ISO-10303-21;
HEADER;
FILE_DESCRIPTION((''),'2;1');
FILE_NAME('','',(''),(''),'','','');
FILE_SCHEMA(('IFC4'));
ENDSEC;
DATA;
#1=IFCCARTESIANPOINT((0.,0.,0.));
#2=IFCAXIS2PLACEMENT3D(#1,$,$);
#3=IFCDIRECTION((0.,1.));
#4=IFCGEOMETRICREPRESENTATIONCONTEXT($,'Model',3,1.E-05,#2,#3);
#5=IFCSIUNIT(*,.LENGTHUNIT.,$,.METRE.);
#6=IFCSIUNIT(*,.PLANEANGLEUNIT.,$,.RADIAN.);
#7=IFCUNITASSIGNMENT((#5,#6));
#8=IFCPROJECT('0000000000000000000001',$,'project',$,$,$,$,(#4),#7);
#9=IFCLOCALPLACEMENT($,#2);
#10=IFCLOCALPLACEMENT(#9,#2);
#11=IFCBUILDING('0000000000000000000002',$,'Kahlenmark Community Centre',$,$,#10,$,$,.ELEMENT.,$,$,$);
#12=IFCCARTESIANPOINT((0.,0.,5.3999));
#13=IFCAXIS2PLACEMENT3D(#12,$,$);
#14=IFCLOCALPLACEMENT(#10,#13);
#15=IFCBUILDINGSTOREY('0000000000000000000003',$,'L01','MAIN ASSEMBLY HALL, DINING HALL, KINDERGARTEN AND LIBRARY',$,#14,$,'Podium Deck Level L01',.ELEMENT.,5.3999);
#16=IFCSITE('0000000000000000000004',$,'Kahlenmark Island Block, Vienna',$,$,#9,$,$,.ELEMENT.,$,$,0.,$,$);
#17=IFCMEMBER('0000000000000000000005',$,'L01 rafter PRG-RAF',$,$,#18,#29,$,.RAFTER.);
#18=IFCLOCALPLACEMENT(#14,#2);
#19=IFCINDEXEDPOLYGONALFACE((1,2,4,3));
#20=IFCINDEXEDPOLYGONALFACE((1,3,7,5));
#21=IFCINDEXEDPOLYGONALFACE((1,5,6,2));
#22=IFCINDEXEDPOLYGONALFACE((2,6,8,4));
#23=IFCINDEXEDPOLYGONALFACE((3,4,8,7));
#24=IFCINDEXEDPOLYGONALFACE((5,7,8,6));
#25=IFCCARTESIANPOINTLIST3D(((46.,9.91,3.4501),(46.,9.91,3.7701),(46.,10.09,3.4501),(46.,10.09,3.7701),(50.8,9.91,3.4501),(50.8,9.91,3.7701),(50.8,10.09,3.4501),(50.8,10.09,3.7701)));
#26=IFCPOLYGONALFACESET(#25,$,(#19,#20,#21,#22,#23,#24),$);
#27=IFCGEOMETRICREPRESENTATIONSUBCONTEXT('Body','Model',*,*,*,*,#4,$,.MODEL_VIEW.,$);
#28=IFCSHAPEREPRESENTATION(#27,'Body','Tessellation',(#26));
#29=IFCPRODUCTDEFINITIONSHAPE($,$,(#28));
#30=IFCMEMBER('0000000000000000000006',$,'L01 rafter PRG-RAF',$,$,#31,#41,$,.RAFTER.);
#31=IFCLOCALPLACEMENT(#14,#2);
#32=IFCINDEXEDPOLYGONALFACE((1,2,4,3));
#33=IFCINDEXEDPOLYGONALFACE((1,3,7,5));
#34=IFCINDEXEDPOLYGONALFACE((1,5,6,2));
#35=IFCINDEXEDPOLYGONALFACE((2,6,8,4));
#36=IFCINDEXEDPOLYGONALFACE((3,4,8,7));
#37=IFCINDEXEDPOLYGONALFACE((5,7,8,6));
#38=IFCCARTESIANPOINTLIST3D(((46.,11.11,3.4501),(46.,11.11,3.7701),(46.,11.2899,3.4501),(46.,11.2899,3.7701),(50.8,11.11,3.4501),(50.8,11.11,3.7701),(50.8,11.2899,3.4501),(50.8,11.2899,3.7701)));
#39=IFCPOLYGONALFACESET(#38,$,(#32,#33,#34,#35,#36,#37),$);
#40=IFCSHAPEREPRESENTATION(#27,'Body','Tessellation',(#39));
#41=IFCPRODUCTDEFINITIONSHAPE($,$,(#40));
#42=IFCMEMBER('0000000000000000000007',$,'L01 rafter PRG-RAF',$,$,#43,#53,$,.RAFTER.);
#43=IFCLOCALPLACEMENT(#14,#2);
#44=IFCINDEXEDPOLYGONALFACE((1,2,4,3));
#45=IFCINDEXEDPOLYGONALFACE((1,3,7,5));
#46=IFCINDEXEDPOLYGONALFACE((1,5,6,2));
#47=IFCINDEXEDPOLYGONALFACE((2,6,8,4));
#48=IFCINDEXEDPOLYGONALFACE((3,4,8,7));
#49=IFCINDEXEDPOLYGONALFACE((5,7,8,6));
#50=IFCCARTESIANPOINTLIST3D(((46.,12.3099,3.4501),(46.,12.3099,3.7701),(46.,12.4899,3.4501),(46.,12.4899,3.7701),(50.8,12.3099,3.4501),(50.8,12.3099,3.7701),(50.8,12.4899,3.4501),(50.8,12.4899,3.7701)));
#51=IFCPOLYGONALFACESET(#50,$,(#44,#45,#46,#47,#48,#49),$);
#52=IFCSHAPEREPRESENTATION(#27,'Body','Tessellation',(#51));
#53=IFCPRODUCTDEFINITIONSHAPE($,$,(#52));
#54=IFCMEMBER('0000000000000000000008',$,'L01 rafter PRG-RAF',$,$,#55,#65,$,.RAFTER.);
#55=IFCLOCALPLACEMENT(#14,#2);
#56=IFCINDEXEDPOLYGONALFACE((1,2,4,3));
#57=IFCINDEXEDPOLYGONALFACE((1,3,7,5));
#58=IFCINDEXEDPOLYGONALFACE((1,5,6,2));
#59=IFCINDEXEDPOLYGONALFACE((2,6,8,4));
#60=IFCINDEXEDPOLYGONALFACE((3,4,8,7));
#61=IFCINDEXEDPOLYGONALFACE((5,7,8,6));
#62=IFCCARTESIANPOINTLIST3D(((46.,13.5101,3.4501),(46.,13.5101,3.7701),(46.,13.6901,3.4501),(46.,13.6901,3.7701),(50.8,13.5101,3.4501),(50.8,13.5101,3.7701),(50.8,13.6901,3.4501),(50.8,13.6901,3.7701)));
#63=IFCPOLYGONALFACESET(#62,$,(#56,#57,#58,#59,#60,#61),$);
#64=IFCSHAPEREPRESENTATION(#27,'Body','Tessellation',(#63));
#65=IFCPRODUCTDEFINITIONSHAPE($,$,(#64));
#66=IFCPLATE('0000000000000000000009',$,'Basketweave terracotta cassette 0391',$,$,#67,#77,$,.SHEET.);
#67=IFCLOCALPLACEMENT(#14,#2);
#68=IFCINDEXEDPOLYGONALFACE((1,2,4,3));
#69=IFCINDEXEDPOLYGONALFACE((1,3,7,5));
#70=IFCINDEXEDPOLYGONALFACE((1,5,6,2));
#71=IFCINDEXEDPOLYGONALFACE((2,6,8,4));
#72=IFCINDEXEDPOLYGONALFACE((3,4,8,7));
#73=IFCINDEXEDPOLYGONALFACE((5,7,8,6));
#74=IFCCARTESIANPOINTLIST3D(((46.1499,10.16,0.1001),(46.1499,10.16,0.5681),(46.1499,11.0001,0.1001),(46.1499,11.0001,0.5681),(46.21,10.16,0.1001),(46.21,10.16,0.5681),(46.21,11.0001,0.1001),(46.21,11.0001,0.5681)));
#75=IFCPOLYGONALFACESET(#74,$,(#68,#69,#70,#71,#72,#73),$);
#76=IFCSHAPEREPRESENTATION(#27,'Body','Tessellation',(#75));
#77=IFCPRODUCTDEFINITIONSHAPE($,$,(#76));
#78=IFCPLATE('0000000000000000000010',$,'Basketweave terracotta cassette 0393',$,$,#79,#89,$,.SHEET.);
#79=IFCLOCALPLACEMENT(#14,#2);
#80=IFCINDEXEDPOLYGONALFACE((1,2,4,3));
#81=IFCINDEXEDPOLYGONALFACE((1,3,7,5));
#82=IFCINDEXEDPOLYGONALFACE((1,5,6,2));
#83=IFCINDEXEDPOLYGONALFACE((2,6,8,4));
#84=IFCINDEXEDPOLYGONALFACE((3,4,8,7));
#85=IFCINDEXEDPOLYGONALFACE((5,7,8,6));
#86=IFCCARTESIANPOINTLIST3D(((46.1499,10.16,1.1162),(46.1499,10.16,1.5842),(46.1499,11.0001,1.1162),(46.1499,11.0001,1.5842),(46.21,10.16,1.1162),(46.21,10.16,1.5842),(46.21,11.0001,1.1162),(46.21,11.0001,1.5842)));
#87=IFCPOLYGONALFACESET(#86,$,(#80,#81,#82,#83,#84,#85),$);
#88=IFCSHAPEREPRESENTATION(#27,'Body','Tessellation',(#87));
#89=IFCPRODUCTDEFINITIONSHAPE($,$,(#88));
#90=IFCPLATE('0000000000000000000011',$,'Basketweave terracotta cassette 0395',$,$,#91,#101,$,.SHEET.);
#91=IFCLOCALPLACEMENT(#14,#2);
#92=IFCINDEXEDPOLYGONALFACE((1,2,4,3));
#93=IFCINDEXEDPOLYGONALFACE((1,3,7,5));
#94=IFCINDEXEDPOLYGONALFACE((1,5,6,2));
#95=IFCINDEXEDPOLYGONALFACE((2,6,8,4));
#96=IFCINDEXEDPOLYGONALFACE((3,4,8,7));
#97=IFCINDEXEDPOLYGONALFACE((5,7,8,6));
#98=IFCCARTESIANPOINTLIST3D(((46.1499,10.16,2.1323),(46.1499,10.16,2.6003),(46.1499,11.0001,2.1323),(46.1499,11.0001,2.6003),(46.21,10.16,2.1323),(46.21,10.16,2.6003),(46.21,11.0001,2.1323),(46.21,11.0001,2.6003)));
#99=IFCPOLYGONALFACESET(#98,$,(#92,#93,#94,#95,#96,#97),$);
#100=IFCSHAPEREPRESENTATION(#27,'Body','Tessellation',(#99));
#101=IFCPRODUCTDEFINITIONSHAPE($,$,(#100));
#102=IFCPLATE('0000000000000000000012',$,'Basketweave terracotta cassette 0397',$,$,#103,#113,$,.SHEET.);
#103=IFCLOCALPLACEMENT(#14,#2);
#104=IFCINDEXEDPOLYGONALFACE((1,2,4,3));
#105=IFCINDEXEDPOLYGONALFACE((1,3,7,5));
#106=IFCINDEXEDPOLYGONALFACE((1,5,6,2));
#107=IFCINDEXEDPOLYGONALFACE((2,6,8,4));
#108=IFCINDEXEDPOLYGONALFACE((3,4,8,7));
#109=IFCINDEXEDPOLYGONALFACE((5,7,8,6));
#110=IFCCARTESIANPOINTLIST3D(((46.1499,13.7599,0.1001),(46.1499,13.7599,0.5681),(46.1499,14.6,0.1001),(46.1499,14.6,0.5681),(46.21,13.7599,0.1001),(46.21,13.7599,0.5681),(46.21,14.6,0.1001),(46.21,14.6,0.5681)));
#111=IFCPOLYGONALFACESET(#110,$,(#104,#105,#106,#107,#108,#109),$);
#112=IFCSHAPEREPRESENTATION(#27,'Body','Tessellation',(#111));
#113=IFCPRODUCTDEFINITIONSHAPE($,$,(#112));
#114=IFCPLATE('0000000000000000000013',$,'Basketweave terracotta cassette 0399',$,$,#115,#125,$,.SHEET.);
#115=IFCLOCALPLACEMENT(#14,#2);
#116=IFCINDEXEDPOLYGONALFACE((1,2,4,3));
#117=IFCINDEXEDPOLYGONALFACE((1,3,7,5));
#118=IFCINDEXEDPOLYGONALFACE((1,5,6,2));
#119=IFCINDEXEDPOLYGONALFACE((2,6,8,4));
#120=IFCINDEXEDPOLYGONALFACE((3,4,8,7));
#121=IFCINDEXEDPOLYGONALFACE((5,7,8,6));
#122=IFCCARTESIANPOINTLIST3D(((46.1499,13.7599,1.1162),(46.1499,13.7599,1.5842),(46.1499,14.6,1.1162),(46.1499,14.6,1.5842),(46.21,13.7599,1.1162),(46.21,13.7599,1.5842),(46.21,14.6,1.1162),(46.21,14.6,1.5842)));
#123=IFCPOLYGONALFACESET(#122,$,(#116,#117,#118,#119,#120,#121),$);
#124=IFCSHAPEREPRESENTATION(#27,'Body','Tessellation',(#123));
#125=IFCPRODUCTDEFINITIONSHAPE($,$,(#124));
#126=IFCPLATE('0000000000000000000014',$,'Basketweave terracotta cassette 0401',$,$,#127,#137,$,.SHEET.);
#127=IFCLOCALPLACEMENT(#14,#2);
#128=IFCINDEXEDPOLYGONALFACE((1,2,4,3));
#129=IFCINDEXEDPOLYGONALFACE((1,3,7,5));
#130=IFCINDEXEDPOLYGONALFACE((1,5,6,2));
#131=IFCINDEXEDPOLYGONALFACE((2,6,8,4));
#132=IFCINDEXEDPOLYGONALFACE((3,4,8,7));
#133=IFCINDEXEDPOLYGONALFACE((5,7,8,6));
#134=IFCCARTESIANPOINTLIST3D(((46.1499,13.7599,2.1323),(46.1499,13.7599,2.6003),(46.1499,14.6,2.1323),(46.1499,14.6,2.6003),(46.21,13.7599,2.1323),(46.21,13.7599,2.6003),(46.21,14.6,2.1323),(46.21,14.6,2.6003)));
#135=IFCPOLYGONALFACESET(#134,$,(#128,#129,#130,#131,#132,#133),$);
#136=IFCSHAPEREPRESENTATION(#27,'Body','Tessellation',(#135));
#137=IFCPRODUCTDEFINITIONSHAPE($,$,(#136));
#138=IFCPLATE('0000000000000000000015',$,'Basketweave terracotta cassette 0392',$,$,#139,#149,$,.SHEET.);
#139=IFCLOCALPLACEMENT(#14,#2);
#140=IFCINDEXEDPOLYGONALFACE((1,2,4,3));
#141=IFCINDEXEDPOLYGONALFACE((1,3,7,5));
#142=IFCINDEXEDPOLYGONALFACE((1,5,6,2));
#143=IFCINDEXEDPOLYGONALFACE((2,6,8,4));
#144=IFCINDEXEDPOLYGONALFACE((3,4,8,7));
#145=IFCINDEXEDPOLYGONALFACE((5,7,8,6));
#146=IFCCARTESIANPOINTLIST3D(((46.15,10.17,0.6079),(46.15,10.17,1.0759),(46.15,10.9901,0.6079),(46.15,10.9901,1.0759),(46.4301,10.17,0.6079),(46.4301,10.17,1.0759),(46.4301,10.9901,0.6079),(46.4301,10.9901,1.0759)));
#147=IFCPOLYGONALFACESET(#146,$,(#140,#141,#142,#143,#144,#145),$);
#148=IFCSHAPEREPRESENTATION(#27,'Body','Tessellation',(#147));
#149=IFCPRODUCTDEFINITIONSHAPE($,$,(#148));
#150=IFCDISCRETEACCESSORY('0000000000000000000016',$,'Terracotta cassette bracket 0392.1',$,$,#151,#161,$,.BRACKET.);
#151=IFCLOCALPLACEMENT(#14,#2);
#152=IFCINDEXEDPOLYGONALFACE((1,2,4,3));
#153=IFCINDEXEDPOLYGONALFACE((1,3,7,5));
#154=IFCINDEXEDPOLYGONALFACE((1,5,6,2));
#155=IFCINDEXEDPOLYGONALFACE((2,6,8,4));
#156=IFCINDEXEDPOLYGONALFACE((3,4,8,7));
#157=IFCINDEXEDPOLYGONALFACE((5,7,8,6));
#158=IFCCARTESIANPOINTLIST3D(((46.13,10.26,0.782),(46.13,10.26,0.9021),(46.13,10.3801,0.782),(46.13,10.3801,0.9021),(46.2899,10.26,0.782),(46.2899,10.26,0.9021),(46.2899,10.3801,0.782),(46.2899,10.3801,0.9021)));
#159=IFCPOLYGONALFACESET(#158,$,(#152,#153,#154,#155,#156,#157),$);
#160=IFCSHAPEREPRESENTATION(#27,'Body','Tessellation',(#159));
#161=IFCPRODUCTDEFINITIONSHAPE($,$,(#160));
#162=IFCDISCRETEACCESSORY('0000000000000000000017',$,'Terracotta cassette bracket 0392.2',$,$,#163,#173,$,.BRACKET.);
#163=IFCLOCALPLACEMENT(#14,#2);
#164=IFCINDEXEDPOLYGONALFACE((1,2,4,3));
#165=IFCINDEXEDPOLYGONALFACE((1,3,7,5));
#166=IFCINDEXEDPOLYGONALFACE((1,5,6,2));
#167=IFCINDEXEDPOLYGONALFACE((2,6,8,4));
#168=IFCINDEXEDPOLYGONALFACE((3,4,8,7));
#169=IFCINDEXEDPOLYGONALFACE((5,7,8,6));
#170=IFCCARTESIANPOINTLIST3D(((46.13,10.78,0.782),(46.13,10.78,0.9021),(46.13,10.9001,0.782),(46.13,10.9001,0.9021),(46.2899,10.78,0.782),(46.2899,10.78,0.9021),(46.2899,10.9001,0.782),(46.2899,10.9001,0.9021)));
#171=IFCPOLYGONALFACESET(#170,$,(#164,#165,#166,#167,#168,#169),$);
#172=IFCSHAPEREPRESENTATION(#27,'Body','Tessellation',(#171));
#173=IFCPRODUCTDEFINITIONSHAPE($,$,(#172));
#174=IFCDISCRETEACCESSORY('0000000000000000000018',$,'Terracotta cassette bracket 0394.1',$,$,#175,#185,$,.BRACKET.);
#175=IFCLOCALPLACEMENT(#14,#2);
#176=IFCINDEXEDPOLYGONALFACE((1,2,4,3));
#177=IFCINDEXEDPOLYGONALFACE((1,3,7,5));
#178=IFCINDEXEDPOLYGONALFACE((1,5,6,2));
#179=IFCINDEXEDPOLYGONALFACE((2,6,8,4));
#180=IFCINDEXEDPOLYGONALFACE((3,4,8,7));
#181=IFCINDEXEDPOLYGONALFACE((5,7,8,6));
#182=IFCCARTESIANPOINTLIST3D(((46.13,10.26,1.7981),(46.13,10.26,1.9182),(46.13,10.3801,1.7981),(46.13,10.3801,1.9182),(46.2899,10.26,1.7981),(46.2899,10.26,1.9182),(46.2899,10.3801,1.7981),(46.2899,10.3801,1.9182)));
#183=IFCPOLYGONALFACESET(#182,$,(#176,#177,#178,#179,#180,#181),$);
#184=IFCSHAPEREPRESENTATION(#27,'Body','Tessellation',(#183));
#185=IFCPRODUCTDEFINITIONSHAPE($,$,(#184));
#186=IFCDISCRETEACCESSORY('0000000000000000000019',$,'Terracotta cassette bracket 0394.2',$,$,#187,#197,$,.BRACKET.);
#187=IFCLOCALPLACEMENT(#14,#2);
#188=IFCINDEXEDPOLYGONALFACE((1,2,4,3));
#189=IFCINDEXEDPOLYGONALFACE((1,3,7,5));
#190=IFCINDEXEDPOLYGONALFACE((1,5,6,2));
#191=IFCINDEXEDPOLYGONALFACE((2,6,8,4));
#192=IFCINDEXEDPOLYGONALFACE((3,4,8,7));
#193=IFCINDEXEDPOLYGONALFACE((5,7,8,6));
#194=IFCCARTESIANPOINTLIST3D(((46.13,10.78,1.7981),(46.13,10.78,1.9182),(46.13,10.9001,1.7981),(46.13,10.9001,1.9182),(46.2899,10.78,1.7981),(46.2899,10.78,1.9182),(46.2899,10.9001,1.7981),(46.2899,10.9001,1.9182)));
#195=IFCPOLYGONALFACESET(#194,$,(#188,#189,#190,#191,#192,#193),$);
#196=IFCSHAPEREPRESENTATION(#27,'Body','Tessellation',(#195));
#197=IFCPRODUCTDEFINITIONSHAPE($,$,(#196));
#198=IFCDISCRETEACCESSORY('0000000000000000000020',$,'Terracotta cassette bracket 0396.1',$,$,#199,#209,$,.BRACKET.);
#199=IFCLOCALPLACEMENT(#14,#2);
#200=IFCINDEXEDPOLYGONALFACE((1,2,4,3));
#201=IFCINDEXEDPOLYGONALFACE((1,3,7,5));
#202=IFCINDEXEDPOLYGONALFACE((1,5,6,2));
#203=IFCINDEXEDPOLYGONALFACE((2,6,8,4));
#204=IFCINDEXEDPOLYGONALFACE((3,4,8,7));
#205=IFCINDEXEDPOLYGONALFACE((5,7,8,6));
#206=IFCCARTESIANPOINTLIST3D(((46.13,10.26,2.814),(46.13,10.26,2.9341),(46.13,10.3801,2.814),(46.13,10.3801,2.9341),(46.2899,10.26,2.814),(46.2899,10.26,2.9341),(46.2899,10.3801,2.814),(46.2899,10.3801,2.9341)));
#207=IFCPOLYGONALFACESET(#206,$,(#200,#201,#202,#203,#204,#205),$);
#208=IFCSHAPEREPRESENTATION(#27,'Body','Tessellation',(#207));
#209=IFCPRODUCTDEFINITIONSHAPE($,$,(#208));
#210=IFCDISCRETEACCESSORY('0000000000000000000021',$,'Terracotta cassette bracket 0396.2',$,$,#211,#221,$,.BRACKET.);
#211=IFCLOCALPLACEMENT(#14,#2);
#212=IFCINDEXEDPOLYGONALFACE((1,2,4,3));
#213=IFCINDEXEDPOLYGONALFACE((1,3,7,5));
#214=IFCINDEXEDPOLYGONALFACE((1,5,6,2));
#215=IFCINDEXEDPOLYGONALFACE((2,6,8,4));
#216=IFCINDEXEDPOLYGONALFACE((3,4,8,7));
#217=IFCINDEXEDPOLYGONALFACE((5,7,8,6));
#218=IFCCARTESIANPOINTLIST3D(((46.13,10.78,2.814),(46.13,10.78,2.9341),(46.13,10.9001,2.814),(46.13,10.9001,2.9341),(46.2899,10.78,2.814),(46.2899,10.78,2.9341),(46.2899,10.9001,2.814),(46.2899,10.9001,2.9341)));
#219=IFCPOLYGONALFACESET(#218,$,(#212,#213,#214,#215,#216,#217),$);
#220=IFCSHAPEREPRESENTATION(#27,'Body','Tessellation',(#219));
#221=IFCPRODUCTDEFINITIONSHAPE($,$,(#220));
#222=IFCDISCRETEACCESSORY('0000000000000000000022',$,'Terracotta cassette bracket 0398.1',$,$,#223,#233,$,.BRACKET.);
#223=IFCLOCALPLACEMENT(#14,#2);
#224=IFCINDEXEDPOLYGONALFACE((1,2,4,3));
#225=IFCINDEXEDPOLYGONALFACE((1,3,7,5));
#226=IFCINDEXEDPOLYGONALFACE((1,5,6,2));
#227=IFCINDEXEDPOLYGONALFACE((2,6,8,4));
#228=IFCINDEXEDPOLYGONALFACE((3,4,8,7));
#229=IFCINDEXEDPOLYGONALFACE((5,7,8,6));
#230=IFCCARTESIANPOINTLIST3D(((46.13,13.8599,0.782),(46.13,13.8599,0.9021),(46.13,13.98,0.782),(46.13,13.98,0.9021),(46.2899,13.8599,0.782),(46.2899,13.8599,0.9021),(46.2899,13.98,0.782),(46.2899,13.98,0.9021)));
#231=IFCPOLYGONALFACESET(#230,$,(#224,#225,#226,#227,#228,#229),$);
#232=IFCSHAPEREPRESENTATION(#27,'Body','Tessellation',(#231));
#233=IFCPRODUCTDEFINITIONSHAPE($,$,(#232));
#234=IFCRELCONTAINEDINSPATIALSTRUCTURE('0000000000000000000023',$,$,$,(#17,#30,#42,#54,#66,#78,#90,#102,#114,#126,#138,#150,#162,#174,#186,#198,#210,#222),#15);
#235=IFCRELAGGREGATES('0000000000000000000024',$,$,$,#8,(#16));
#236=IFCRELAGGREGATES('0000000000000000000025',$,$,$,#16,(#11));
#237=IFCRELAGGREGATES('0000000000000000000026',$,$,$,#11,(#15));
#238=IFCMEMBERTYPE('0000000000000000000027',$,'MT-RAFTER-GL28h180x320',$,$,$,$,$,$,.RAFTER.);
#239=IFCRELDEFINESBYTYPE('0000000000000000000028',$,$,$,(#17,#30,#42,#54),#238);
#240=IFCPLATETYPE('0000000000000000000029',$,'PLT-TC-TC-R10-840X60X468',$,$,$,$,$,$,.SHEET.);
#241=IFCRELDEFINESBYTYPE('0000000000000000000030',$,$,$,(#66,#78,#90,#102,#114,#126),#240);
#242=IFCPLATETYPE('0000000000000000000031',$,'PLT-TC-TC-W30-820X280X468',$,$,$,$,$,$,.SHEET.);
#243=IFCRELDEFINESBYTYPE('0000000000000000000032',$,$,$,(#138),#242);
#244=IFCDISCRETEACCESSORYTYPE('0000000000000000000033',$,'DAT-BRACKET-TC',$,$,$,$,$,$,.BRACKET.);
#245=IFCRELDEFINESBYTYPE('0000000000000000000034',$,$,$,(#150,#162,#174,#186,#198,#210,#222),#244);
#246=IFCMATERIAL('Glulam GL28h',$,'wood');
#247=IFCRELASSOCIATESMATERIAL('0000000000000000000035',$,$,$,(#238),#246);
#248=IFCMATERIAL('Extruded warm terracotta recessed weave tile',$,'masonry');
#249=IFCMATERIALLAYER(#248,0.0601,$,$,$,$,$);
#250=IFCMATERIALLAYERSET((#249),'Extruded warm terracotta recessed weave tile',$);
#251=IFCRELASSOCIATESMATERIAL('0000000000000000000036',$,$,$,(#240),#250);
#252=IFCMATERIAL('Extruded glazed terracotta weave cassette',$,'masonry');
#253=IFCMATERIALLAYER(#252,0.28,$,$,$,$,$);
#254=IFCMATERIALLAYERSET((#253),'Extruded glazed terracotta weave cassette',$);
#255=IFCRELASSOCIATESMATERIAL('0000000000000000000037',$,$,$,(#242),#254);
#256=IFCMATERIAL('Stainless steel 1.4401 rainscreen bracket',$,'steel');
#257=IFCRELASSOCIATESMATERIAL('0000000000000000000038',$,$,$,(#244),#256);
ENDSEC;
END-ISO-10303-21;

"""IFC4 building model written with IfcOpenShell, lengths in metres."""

from ifc_helpers import new_model, si_unit, direction, frame, origin, origin_2d, place, context, subcontext, project, spatial, rectangle, extrude, material, layer, layer_set, material_profile, profile_set, type_object, element, save


model = new_model("IFC4")

# Units and contexts
model_context = context("Model", 3, precision=1e-05, world=origin(), true_north=direction((0.0, 1.0)))
body_context = subcontext(model_context, "Body", "Model", "MODEL_VIEW")
ifc_project = project(units=[si_unit("LENGTHUNIT", "METRE"), si_unit("PLANEANGLEUNIT", "RADIAN")], contexts=[model_context])

# Site, building, storey
site_placement = place(None, origin())
site = spatial("IfcSite", under=ifc_project, at=site_placement, Name="Kahlenmark Island Block, Vienna", CompositionType="ELEMENT", RefElevation=0.0)
building_placement = place(site_placement, origin())
building = spatial("IfcBuilding", under=site, at=building_placement, Name="Kahlenmark Community Centre", CompositionType="ELEMENT")
storey_placement = place(building_placement, frame((0.0, 0.0, 5.3999)))
storey = spatial("IfcBuildingStorey", under=building, at=storey_placement, Name="L01", Description="MAIN ASSEMBLY HALL, DINING HALL, KINDERGARTEN AND LIBRARY", LongName="Podium Deck Level L01", CompositionType="ELEMENT", Elevation=5.3999)

# Members
ifc_material_1 = material(Name="Glulam GL28h", Category="wood")
ifc_material_profile = material_profile(ifc_material_1, rectangle(XDim=0.1799, YDim=0.3201, at=origin_2d()), Name="GL28h 180x320")
ifc_profile_set = profile_set([ifc_material_profile], Name="Glulam GL28h")
member_type = type_object("IfcMemberType", Name="MT-RAFTER-GL28h180x320", PredefinedType="RAFTER", material=ifc_profile_set)
for number, where, z_axis, x_axis, name in (
    (1, (46.0, 10.0, 3.6101), (1.0, 0.0, 0.0), (0.0, 1.0, 0.0), "L01 rafter PRG-RAF"),
    (2, (46.0, 11.2, 3.6101), (1.0, 0.0, 0.0), (0.0, 1.0, 0.0), "L01 rafter PRG-RAF"),
    (3, (46.0, 12.3999, 3.6101), (1.0, 0.0, 0.0), (0.0, 1.0, 0.0), "L01 rafter PRG-RAF"),
    (4, (46.0, 13.6001, 3.6101), (1.0, 0.0, 0.0), (0.0, 1.0, 0.0), "L01 rafter PRG-RAF"),
):
    element("IfcMember", number, at=place(storey_placement, frame(where, z_axis=z_axis, x_axis=x_axis)), inside=storey, type_object=member_type, Name=name, PredefinedType="RAFTER", context=body_context, shape_type="SweptSolid", body=[
        extrude(rectangle(XDim=0.1799, YDim=0.3201, at=origin_2d()), origin(), (0.0, 0.0, 1.0), 4.8),
    ])

# Plates
ifc_material_2 = material(Name="Extruded warm terracotta recessed weave tile", Category="masonry")
ifc_layer_1 = layer(ifc_material_2, 0.0601)
ifc_layer_set_1 = layer_set([ifc_layer_1], Name="Extruded warm terracotta recessed weave tile")
plate_type_1 = type_object("IfcPlateType", Name="PLT-TC-TC-R10-840X60X468", PredefinedType="SHEET", material=ifc_layer_set_1)
for number, where, z_axis, x_axis, name in (
    (5, (46.1799, 10.5801, 0.1001), (0.0, 0.0, 1.0), (0.0, 1.0, 0.0), "Basketweave terracotta cassette 0391"),
    (6, (46.1799, 10.5801, 1.1162), (0.0, 0.0, 1.0), (0.0, 1.0, 0.0), "Basketweave terracotta cassette 0393"),
    (7, (46.1799, 10.5801, 2.1323), (0.0, 0.0, 1.0), (0.0, 1.0, 0.0), "Basketweave terracotta cassette 0395"),
    (8, (46.1799, 14.1799, 0.1001), (0.0, 0.0, 1.0), (0.0, 1.0, 0.0), "Basketweave terracotta cassette 0397"),
    (9, (46.1799, 14.1799, 1.1162), (0.0, 0.0, 1.0), (0.0, 1.0, 0.0), "Basketweave terracotta cassette 0399"),
    (10, (46.1799, 14.1799, 2.1323), (0.0, 0.0, 1.0), (0.0, 1.0, 0.0), "Basketweave terracotta cassette 0401"),
):
    element("IfcPlate", number, at=place(storey_placement, frame(where, z_axis=z_axis, x_axis=x_axis)), inside=storey, type_object=plate_type_1, Name=name, PredefinedType="SHEET", context=body_context, shape_type="SweptSolid", body=[
        extrude(rectangle(XDim=0.8401, YDim=0.0601, at=origin_2d()), origin(), (0.0, 0.0, 1.0), 0.468),
    ])
ifc_material_3 = material(Name="Extruded glazed terracotta weave cassette", Category="masonry")
ifc_layer_2 = layer(ifc_material_3, 0.28)
ifc_layer_set_2 = layer_set([ifc_layer_2], Name="Extruded glazed terracotta weave cassette")
plate_type_2 = type_object("IfcPlateType", Name="PLT-TC-TC-W30-820X280X468", PredefinedType="SHEET", material=ifc_layer_set_2)
plate_placement = place(storey_placement, frame((46.29, 10.5801, 0.6079), z_axis=(0.0, 0.0, 1.0), x_axis=(0.0, 1.0, 0.0)))
element("IfcPlate", 11, at=plate_placement, inside=storey, type_object=plate_type_2, Name="Basketweave terracotta cassette 0392", PredefinedType="SHEET", context=body_context, shape_type="SweptSolid", body=[
    extrude(rectangle(XDim=0.8201, YDim=0.28, at=origin_2d()), origin(), (0.0, 0.0, 1.0), 0.468),
])

# Discrete accessories
ifc_material_4 = material(Name="Stainless steel 1.4401 rainscreen bracket", Category="steel")
discrete_accessory_type = type_object("IfcDiscreteAccessoryType", Name="DAT-BRACKET-TC", PredefinedType="BRACKET", material=ifc_material_4)
for number, where, z_axis, x_axis, name in (
    (12, (46.21, 10.3201, 0.782), (0.0, 0.0, 1.0), (0.0, 1.0, 0.0), "Terracotta cassette bracket 0392.1"),
    (13, (46.21, 10.8401, 0.782), (0.0, 0.0, 1.0), (0.0, 1.0, 0.0), "Terracotta cassette bracket 0392.2"),
    (14, (46.21, 10.3201, 1.7981), (0.0, 0.0, 1.0), (0.0, 1.0, 0.0), "Terracotta cassette bracket 0394.1"),
    (15, (46.21, 10.8401, 1.7981), (0.0, 0.0, 1.0), (0.0, 1.0, 0.0), "Terracotta cassette bracket 0394.2"),
    (16, (46.21, 10.3201, 2.814), (0.0, 0.0, 1.0), (0.0, 1.0, 0.0), "Terracotta cassette bracket 0396.1"),
    (17, (46.21, 10.8401, 2.814), (0.0, 0.0, 1.0), (0.0, 1.0, 0.0), "Terracotta cassette bracket 0396.2"),
    (18, (46.21, 13.9199, 0.782), (0.0, 0.0, 1.0), (0.0, 1.0, 0.0), "Terracotta cassette bracket 0398.1"),
):
    element("IfcDiscreteAccessory", number, at=place(storey_placement, frame(where, z_axis=z_axis, x_axis=x_axis)), inside=storey, type_object=discrete_accessory_type, Name=name, PredefinedType="BRACKET", context=body_context, shape_type="SweptSolid", body=[
        extrude(rectangle(XDim=0.1201, YDim=0.1599, at=origin_2d()), origin(), (0.0, 0.0, 1.0), 0.1201),
    ])

save(model, "model.ifc")
